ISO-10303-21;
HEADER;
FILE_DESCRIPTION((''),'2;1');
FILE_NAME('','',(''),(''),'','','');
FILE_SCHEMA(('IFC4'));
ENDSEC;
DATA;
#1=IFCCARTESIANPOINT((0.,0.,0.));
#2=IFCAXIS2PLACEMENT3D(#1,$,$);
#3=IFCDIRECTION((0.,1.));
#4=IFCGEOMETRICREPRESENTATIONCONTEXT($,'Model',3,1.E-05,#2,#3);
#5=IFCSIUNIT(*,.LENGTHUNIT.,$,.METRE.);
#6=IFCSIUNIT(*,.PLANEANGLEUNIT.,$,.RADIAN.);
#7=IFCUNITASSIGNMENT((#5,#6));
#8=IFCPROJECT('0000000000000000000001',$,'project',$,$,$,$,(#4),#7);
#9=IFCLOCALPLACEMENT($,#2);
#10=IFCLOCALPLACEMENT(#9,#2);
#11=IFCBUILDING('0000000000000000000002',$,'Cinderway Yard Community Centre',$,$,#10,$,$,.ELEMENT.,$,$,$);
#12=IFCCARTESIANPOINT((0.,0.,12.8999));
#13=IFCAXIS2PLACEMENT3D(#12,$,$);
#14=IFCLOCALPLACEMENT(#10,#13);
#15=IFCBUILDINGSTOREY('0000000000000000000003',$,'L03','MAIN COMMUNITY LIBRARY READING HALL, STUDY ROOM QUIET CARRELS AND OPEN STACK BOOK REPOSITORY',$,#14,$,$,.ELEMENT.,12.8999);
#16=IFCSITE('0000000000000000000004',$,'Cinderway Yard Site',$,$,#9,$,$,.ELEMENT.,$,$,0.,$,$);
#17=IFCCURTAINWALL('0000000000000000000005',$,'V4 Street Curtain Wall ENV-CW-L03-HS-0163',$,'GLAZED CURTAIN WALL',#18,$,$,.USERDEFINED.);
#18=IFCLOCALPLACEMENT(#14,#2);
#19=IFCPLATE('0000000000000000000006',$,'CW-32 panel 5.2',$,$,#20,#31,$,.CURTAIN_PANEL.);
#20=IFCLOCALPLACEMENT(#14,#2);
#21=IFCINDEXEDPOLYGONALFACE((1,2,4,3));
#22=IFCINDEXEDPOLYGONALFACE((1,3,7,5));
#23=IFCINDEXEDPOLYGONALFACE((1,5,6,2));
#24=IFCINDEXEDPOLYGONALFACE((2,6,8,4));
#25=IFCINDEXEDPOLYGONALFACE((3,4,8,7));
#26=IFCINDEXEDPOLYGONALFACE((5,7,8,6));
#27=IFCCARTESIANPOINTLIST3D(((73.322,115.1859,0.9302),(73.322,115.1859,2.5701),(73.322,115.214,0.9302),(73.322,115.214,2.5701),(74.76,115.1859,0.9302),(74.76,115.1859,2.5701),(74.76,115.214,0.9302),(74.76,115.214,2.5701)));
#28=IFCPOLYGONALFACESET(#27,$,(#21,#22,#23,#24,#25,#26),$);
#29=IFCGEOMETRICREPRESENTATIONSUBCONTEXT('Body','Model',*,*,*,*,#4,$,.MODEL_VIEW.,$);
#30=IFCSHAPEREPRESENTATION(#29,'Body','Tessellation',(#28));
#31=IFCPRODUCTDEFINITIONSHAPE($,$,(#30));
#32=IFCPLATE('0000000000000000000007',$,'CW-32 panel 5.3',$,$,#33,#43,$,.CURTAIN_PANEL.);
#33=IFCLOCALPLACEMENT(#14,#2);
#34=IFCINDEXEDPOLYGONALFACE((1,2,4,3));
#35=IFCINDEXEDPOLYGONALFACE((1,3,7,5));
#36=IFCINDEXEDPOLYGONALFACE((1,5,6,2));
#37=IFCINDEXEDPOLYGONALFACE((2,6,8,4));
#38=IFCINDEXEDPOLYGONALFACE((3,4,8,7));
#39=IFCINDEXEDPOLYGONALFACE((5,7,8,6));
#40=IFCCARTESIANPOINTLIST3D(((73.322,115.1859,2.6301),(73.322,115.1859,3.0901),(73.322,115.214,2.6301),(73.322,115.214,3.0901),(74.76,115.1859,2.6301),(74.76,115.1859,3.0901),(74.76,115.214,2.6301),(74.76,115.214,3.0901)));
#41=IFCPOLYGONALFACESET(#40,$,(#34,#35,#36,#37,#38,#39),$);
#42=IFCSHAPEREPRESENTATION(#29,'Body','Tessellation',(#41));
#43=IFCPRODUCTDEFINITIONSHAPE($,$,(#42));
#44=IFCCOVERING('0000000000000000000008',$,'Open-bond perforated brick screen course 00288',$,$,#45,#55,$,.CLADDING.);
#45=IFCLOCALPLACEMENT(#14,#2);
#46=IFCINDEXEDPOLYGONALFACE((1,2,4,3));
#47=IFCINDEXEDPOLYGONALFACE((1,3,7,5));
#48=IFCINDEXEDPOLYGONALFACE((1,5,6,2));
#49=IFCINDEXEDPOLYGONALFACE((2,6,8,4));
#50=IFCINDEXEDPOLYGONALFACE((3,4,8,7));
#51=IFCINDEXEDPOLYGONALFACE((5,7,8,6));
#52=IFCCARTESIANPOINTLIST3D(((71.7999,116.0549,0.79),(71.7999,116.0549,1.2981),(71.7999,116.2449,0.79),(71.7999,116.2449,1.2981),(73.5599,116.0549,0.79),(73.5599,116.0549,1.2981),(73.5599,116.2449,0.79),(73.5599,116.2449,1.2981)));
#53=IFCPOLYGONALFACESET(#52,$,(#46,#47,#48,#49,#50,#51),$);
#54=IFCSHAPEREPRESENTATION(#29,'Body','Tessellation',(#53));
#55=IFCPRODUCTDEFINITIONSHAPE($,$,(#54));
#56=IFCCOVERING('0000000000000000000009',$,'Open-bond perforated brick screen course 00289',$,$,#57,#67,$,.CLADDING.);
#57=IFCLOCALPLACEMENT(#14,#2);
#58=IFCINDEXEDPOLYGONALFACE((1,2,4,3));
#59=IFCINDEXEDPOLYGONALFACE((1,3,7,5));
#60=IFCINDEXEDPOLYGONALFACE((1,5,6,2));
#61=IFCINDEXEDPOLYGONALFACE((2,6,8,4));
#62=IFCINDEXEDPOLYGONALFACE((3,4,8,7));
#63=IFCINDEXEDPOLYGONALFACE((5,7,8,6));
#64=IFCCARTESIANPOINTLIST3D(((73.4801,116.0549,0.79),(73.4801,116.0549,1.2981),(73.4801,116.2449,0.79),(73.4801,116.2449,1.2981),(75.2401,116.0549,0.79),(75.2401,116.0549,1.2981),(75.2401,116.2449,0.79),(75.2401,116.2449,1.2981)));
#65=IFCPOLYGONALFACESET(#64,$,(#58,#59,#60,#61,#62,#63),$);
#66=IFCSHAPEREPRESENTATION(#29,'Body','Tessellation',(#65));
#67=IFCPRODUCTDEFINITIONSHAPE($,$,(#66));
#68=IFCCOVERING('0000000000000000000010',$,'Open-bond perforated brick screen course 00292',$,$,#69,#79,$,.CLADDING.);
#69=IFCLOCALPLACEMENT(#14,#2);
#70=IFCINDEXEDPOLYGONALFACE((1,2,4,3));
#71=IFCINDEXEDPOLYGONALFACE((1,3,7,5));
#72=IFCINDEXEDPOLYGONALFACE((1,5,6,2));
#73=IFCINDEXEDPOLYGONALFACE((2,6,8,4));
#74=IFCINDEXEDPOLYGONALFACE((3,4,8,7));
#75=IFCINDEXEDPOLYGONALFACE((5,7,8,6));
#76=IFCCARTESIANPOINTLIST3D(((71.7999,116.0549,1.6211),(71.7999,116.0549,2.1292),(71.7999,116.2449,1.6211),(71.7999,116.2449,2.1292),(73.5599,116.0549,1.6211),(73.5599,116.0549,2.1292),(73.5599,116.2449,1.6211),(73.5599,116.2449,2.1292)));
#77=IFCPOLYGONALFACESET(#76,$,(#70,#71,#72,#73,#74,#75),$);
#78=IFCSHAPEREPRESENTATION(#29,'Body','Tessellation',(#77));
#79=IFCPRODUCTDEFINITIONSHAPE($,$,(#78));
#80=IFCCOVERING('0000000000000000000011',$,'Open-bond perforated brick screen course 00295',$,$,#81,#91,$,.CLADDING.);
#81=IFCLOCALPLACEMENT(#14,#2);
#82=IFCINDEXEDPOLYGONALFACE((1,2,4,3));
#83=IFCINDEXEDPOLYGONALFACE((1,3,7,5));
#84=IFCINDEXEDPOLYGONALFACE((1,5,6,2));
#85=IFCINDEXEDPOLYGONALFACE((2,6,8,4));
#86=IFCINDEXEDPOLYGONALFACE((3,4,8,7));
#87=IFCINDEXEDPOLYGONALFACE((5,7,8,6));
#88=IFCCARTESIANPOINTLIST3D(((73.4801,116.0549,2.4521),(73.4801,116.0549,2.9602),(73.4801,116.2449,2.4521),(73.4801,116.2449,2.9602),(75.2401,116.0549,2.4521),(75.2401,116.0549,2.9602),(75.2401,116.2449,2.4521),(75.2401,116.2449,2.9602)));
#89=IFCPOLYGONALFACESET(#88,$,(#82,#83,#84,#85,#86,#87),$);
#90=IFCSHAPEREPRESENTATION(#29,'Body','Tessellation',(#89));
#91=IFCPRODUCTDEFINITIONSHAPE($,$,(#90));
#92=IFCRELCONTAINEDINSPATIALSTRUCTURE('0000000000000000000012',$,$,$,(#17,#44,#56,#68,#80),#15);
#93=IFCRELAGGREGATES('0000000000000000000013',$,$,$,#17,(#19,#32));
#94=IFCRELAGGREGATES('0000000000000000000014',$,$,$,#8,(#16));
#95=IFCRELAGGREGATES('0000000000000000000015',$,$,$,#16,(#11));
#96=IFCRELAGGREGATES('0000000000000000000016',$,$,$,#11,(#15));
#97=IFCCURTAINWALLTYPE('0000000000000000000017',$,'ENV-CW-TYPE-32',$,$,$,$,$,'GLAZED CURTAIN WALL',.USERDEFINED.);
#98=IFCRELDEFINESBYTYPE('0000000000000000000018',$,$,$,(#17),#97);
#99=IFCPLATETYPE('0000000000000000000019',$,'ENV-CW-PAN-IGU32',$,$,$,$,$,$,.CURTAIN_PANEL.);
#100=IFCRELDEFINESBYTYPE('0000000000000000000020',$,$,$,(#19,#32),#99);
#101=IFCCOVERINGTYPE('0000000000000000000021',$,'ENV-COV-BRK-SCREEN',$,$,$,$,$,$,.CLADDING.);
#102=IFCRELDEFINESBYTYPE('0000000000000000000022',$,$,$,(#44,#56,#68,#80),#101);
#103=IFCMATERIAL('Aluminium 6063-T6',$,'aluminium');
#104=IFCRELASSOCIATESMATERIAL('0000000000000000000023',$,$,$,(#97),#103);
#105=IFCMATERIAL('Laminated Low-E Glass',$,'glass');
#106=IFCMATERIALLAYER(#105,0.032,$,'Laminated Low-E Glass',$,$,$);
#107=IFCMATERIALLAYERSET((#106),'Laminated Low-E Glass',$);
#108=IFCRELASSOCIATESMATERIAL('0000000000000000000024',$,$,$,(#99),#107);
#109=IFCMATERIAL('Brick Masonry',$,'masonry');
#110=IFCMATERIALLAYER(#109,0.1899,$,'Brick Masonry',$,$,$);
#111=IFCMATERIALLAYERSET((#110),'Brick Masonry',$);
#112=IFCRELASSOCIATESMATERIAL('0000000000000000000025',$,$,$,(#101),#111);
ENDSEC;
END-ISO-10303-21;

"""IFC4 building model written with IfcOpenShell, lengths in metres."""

from ifc_helpers import new_model, si_unit, direction, frame, origin, origin_2d, place, context, subcontext, project, spatial, rectangle, extrude, material, layer, layer_set, type_object, element, aggregate, save


model = new_model("IFC4")

# Units and contexts
model_context = context("Model", 3, precision=1e-05, world=origin(), true_north=direction((0.0, 1.0)))
body_context = subcontext(model_context, "Body", "Model", "MODEL_VIEW")
ifc_project = project(units=[si_unit("LENGTHUNIT", "METRE"), si_unit("PLANEANGLEUNIT", "RADIAN")], contexts=[model_context])

# Site, building, storey
site_placement = place(None, origin())
site = spatial("IfcSite", under=ifc_project, at=site_placement, Name="Cinderway Yard Site", CompositionType="ELEMENT", RefElevation=0.0)
building_placement = place(site_placement, origin())
building = spatial("IfcBuilding", under=site, at=building_placement, Name="Cinderway Yard Community Centre", CompositionType="ELEMENT")
storey_placement = place(building_placement, frame((0.0, 0.0, 12.8999)))
storey = spatial("IfcBuildingStorey", under=building, at=storey_placement, Name="L03", Description="MAIN COMMUNITY LIBRARY READING HALL, STUDY ROOM QUIET CARRELS AND OPEN STACK BOOK REPOSITORY", CompositionType="ELEMENT", Elevation=12.8999)

# Curtain wall
ifc_material_1 = material(Name="Aluminium 6063-T6", Category="aluminium")
curtain_wall_type = type_object("IfcCurtainWallType", Name="ENV-CW-TYPE-32", ElementType="GLAZED CURTAIN WALL", PredefinedType="USERDEFINED", material=ifc_material_1)
curtain_wall_placement = place(storey_placement, origin())
curtain_wall = element("IfcCurtainWall", 1, at=curtain_wall_placement, inside=storey, type_object=curtain_wall_type, Name="V4 Street Curtain Wall ENV-CW-L03-HS-0163", ObjectType="GLAZED CURTAIN WALL", PredefinedType="USERDEFINED")

# Plates
ifc_material_2 = material(Name="Laminated Low-E Glass", Category="glass")
ifc_layer_1 = layer(ifc_material_2, 0.032, Name="Laminated Low-E Glass")
ifc_layer_set_1 = layer_set([ifc_layer_1], Name="Laminated Low-E Glass")
plate_type = type_object("IfcPlateType", Name="ENV-CW-PAN-IGU32", PredefinedType="CURTAIN_PANEL", material=ifc_layer_set_1)
plate_1_placement = place(storey_placement, frame((74.041, 115.2, 0.9302), z_axis=(0.0, 0.0, 1.0), x_axis=(1.0, 0.0, 0.0)))
plate_1 = element("IfcPlate", 2, at=plate_1_placement, type_object=plate_type, Name="CW-32 panel 5.2", PredefinedType="CURTAIN_PANEL", context=body_context, shape_type="SweptSolid", body=[
    extrude(rectangle(XDim=1.438, YDim=0.0281, at=origin_2d()), origin(), (0.0, 0.0, 1.0), 1.6399),
])
plate_2_placement = place(storey_placement, frame((74.041, 115.2, 2.6301), z_axis=(0.0, 0.0, 1.0), x_axis=(1.0, 0.0, 0.0)))
plate_2 = element("IfcPlate", 3, at=plate_2_placement, type_object=plate_type, Name="CW-32 panel 5.3", PredefinedType="CURTAIN_PANEL", context=body_context, shape_type="SweptSolid", body=[
    extrude(rectangle(XDim=1.438, YDim=0.0281, at=origin_2d()), origin(), (0.0, 0.0, 1.0), 0.46),
])
aggregate(curtain_wall, [plate_1, plate_2])

# Coverings
ifc_material_3 = material(Name="Brick Masonry", Category="masonry")
ifc_layer_2 = layer(ifc_material_3, 0.1899, Name="Brick Masonry")
ifc_layer_set_2 = layer_set([ifc_layer_2], Name="Brick Masonry")
covering_type = type_object("IfcCoveringType", Name="ENV-COV-BRK-SCREEN", PredefinedType="CLADDING", material=ifc_layer_set_2)
for number, where, z_axis, x_axis, name in (
    (4, (72.6799, 116.1499, 0.79), (0.0, 0.0, 1.0), (1.0, 0.0, 0.0), "Open-bond perforated brick screen course 00288"),
    (5, (74.3601, 116.1499, 0.79), (0.0, 0.0, 1.0), (1.0, 0.0, 0.0), "Open-bond perforated brick screen course 00289"),
    (6, (72.6799, 116.1499, 1.6211), (0.0, 0.0, 1.0), (1.0, 0.0, 0.0), "Open-bond perforated brick screen course 00292"),
    (7, (74.3601, 116.1499, 2.4521), (0.0, 0.0, 1.0), (1.0, 0.0, 0.0), "Open-bond perforated brick screen course 00295"),
):
    element("IfcCovering", number, at=place(storey_placement, frame(where, z_axis=z_axis, x_axis=x_axis)), inside=storey, type_object=covering_type, Name=name, PredefinedType="CLADDING", context=body_context, shape_type="SweptSolid", body=[
        extrude(rectangle(XDim=1.76, YDim=0.1899, at=origin_2d()), origin(), (0.0, 0.0, 1.0), 0.5081),
    ])

save(model, "model.ifc")
